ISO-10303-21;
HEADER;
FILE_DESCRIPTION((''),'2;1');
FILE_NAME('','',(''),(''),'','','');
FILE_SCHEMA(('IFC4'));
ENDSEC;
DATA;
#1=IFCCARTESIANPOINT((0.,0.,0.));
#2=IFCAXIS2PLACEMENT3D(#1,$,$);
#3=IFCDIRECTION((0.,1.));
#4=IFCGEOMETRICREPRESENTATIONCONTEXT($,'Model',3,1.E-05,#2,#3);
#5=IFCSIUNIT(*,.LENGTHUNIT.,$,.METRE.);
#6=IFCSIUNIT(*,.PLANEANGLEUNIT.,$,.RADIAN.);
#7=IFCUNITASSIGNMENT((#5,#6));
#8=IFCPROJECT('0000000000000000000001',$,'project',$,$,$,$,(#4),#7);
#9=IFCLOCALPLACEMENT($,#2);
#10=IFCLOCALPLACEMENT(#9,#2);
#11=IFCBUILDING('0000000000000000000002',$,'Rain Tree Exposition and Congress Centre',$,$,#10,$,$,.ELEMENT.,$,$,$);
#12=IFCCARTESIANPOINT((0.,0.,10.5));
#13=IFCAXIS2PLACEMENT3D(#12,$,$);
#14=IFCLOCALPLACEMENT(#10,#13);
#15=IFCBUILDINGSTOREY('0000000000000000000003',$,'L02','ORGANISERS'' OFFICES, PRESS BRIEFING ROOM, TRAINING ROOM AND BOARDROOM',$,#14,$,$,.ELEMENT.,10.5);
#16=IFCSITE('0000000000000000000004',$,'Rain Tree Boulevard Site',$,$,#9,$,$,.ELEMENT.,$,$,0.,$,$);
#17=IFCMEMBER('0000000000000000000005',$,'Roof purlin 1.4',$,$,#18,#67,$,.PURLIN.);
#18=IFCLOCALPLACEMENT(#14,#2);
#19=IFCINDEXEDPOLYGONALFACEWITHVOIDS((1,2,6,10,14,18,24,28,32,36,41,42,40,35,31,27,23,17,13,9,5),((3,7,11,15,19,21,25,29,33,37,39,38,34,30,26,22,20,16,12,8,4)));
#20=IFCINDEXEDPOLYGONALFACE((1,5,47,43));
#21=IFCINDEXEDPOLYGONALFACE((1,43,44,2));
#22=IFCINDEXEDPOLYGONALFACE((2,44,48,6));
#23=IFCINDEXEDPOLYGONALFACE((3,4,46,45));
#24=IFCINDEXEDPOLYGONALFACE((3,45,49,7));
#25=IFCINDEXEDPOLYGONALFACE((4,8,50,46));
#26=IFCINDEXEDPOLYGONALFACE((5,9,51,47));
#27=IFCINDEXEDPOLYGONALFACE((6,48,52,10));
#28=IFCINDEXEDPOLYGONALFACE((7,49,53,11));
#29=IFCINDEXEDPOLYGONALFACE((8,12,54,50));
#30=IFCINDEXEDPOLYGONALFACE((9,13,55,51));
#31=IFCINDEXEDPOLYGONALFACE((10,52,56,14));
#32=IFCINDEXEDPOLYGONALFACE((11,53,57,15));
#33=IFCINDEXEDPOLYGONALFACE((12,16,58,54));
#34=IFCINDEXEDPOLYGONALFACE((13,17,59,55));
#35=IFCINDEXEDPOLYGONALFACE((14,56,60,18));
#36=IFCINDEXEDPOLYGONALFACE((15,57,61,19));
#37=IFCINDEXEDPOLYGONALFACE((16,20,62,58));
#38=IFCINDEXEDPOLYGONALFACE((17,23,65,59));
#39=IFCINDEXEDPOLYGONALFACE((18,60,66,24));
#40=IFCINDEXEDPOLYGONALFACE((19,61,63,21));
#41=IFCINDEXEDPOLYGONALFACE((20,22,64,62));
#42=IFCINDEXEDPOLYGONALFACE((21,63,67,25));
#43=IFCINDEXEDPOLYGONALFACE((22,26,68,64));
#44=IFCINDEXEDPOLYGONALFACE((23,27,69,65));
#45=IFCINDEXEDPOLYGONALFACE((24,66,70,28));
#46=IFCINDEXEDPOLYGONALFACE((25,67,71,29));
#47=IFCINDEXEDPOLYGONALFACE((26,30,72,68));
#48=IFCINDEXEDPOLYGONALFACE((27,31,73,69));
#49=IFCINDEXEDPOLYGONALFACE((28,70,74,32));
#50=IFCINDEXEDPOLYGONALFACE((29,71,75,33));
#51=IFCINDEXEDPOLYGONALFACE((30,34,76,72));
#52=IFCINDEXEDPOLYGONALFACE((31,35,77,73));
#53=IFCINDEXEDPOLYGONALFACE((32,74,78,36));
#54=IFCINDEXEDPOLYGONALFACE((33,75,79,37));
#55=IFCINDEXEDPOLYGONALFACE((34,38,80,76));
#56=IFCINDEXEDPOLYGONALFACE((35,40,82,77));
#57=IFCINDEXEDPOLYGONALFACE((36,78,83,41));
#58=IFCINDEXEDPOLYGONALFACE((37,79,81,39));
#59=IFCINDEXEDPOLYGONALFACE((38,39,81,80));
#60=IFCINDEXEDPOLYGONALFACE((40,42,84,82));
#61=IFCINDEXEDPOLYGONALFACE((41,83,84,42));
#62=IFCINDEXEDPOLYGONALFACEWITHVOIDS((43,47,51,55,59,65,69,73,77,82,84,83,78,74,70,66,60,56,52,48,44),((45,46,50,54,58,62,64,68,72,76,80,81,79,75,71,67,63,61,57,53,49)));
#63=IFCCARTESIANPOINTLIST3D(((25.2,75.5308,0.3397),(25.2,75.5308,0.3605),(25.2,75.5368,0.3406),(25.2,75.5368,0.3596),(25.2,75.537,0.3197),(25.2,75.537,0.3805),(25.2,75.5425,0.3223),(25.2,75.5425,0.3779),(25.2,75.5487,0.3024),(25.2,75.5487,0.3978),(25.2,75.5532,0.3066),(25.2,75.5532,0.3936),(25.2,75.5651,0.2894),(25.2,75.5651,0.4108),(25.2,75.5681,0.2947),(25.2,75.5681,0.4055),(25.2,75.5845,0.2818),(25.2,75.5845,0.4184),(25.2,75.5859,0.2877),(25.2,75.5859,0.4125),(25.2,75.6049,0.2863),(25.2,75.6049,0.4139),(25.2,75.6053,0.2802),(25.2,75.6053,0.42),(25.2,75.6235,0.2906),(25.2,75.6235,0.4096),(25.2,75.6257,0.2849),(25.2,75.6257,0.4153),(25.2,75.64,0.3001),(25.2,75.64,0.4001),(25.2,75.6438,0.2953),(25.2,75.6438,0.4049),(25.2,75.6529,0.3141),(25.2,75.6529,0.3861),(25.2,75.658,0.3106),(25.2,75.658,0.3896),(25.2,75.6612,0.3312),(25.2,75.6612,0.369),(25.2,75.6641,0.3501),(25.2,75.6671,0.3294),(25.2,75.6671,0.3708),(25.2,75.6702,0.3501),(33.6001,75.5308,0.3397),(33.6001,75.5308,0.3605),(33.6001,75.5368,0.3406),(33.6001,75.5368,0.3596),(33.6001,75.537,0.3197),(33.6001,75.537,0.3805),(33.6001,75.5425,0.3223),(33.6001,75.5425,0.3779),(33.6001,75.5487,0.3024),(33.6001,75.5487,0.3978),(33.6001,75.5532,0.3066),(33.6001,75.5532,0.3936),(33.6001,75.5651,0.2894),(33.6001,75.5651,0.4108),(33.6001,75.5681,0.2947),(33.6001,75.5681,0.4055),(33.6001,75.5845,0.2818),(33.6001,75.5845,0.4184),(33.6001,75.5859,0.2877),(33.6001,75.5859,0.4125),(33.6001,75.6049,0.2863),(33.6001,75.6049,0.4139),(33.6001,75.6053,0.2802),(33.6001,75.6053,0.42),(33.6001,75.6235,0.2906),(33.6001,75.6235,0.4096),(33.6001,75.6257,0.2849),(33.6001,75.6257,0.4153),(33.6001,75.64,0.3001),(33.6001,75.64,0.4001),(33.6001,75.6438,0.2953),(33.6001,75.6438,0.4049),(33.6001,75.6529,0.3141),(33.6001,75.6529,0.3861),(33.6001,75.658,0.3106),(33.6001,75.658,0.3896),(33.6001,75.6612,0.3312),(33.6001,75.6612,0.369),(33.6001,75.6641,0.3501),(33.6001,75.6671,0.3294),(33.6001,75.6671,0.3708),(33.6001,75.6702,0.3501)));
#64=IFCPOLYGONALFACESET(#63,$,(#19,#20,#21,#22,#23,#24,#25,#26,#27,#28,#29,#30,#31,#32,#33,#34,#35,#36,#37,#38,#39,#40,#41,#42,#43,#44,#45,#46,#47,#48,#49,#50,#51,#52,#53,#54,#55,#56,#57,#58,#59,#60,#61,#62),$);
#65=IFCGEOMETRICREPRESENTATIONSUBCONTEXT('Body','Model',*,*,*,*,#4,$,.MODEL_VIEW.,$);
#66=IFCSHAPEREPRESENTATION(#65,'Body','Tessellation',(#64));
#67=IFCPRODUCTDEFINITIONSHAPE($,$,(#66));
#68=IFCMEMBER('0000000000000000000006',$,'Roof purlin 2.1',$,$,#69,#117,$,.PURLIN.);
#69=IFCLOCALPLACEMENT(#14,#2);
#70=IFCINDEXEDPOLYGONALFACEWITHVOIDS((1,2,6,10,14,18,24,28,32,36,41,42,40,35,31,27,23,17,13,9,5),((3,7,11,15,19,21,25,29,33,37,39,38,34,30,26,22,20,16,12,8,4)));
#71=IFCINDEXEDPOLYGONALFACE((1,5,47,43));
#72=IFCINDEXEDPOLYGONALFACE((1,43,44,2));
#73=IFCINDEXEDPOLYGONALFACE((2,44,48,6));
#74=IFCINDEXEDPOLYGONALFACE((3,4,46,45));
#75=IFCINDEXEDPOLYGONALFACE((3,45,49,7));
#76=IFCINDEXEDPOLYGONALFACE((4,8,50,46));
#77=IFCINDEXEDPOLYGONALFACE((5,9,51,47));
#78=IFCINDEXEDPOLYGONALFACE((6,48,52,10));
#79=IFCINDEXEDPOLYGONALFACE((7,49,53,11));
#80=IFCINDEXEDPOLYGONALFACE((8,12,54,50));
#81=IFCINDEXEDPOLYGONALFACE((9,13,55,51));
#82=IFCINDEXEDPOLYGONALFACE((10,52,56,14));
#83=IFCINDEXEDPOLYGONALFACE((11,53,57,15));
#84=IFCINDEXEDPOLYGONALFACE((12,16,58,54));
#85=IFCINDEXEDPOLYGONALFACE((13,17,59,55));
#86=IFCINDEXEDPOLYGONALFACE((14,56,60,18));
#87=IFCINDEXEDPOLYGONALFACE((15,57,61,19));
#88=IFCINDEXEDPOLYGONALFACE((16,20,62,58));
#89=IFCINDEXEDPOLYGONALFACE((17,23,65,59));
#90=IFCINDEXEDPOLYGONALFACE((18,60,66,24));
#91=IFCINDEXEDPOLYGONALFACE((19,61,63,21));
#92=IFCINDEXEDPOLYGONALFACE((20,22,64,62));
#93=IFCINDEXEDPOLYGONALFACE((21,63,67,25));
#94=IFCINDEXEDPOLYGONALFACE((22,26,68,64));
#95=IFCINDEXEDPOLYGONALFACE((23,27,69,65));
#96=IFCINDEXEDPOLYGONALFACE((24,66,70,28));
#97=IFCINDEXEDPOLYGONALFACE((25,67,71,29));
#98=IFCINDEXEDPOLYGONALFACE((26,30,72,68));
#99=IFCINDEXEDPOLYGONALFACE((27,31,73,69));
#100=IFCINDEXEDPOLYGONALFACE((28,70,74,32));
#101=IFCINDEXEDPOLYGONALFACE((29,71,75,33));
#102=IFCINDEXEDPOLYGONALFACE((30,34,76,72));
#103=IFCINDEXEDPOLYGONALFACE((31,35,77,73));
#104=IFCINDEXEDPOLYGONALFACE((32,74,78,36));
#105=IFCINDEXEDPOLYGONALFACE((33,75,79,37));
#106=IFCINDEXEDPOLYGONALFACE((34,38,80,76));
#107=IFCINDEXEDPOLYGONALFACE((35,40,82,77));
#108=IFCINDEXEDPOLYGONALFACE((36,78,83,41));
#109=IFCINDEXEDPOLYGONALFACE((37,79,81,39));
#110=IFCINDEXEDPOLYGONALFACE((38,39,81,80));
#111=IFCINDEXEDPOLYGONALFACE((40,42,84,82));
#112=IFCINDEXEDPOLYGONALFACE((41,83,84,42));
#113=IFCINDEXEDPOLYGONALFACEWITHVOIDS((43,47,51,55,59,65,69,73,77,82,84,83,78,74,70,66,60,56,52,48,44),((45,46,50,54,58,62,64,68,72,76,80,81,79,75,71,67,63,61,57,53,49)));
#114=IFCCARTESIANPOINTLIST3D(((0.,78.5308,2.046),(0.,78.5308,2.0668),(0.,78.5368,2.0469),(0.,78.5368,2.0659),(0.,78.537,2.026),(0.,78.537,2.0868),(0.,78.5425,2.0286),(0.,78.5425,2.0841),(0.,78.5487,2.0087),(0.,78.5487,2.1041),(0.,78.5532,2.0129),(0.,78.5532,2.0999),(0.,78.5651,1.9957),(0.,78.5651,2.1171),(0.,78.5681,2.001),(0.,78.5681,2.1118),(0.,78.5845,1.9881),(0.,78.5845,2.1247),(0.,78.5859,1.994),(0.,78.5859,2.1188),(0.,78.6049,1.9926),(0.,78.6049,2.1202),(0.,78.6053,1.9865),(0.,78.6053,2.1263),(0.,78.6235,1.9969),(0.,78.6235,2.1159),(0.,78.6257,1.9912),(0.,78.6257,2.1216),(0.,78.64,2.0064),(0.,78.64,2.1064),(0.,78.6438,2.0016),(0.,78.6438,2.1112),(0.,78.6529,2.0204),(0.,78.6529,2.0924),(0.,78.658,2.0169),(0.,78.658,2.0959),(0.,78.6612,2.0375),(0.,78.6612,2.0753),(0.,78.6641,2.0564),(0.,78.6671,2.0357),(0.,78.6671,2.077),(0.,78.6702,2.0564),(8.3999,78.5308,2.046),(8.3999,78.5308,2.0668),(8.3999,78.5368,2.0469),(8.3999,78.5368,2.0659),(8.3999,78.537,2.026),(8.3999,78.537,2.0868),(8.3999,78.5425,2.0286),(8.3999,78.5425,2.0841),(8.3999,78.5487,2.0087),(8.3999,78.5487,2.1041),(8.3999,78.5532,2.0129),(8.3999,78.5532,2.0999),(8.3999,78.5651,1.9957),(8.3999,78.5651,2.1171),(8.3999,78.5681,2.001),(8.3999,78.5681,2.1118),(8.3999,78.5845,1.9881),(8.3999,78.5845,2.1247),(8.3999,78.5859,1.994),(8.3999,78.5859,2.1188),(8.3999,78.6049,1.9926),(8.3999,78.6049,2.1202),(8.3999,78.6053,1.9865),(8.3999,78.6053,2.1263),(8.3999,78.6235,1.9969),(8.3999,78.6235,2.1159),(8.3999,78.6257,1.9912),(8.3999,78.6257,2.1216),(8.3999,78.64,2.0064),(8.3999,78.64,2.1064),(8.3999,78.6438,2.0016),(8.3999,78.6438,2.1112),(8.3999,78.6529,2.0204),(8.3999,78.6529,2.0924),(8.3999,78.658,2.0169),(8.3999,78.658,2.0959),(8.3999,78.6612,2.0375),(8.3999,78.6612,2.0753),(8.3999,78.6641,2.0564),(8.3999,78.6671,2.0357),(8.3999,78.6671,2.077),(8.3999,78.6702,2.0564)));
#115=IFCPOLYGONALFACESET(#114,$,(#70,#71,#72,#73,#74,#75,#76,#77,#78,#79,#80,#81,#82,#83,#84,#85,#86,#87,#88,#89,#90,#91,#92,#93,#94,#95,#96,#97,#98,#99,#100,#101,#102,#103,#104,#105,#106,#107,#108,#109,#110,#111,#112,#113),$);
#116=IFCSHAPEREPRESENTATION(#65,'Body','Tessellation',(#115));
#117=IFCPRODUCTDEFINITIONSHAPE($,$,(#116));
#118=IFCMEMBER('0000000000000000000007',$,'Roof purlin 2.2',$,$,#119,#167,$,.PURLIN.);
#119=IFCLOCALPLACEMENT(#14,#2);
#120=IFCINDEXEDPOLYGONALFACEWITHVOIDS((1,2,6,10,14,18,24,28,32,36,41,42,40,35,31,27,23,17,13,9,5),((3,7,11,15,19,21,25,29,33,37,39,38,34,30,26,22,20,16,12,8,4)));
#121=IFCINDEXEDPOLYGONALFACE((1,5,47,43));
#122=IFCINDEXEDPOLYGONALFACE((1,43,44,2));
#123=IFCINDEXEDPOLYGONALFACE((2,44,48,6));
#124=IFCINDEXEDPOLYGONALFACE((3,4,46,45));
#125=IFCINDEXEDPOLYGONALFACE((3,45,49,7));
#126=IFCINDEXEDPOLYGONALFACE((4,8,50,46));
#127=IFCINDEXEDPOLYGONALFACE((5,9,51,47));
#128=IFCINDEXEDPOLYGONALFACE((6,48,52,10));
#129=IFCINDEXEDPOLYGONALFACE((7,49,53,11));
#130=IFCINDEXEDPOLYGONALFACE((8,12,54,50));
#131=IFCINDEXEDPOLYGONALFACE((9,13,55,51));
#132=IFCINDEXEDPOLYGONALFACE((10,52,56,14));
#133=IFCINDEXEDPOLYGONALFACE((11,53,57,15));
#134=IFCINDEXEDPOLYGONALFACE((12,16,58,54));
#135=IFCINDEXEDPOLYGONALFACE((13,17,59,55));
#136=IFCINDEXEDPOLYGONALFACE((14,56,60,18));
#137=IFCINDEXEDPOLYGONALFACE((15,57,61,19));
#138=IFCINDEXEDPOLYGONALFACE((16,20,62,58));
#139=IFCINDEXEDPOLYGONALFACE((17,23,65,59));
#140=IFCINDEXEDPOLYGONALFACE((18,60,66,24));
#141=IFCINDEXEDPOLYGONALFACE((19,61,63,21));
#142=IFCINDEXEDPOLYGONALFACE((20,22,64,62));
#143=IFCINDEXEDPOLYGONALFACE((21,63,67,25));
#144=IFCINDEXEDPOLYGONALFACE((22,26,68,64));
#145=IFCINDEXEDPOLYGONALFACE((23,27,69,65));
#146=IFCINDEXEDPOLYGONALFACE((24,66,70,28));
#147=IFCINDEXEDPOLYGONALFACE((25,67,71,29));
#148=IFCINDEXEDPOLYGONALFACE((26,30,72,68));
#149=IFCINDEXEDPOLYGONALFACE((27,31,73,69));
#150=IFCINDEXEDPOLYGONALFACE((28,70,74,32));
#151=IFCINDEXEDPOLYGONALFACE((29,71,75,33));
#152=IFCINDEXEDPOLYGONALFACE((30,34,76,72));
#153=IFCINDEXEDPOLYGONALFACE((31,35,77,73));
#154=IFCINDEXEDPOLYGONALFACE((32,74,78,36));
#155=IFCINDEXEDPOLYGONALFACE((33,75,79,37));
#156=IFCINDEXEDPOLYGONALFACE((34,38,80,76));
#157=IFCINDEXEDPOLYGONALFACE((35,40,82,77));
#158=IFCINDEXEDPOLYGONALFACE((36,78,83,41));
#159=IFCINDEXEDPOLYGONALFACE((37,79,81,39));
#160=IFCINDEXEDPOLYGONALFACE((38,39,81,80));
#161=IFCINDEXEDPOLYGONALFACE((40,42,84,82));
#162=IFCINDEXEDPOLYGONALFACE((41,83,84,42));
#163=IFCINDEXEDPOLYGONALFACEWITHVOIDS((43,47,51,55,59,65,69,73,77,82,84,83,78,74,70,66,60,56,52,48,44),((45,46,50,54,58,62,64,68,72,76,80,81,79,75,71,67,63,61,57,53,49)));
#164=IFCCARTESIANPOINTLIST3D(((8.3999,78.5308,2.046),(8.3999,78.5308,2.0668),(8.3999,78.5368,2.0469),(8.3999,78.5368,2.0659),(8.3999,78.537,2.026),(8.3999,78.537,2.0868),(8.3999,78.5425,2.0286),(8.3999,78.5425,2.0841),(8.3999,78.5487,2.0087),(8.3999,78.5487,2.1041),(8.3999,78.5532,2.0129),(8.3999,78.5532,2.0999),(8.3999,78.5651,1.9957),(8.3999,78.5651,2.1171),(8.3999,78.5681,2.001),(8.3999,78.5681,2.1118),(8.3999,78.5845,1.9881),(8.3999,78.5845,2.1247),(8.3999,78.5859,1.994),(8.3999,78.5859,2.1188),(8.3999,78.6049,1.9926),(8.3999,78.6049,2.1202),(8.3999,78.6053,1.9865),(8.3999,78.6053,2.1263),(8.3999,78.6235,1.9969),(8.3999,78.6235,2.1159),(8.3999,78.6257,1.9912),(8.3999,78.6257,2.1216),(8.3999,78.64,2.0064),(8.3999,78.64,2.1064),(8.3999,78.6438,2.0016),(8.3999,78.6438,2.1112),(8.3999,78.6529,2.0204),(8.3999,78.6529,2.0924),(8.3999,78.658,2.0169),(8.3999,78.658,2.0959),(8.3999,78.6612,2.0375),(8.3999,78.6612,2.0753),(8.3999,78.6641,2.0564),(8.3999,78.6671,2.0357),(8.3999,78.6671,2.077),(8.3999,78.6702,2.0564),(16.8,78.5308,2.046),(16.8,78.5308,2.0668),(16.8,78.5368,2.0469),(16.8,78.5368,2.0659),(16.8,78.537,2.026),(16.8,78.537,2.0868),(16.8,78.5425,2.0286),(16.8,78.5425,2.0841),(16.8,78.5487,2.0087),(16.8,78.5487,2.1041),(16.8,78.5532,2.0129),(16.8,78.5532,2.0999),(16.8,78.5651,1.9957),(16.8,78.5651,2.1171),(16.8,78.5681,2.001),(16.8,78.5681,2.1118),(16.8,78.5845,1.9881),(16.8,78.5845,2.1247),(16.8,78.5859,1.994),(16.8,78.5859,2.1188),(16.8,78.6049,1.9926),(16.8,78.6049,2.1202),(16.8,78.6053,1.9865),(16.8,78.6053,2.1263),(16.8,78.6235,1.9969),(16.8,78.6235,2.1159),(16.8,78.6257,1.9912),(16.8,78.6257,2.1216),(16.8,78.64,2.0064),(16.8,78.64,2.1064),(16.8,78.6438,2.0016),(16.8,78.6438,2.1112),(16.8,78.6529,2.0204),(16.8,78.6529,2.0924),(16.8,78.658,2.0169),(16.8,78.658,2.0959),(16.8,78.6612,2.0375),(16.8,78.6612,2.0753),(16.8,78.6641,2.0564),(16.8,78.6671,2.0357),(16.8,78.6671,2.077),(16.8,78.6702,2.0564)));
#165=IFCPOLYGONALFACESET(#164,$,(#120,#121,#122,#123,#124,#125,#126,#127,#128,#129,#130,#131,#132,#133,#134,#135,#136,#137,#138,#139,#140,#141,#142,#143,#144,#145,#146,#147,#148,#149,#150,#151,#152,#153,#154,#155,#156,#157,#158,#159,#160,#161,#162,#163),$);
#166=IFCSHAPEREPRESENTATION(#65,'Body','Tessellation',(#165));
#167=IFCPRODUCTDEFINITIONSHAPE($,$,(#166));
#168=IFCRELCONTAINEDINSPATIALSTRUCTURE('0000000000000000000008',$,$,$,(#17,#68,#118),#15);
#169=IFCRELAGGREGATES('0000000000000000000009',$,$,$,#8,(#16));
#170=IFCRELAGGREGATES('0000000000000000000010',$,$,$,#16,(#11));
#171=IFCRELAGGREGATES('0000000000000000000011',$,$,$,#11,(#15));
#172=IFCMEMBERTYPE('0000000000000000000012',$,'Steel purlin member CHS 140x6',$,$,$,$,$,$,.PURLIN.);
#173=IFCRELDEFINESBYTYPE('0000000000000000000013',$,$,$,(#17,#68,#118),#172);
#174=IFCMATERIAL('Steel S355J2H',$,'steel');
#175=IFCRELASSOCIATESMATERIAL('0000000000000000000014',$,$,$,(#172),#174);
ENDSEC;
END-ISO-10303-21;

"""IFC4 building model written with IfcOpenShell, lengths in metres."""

from ifc_helpers import new_model, si_unit, direction, frame, origin, origin_2d, place, context, subcontext, project, spatial, hollow_circle, extrude, material, material_profile, profile_set, type_object, element, save


model = new_model("IFC4")

# Units and contexts
model_context = context("Model", 3, precision=1e-05, world=origin(), true_north=direction((0.0, 1.0)))
body_context = subcontext(model_context, "Body", "Model", "MODEL_VIEW")
ifc_project = project(units=[si_unit("LENGTHUNIT", "METRE"), si_unit("PLANEANGLEUNIT", "RADIAN")], contexts=[model_context])

# Site, building, storey
site_placement = place(None, origin())
site = spatial("IfcSite", under=ifc_project, at=site_placement, Name="Rain Tree Boulevard Site", CompositionType="ELEMENT", RefElevation=0.0)
building_placement = place(site_placement, origin())
building = spatial("IfcBuilding", under=site, at=building_placement, Name="Rain Tree Exposition and Congress Centre", CompositionType="ELEMENT")
storey_placement = place(building_placement, frame((0.0, 0.0, 10.5)))
storey = spatial("IfcBuildingStorey", under=building, at=storey_placement, Name="L02", Description="ORGANISERS' OFFICES, PRESS BRIEFING ROOM, TRAINING ROOM AND BOARDROOM", CompositionType="ELEMENT", Elevation=10.5)

# Members
ifc_material_1 = material(Name="Steel S355J2H", Category="steel")
ifc_material_profile_1 = material_profile(ifc_material_1, hollow_circle(Radius=0.0701, WallThickness=0.0061, at=origin_2d()), Name="CHS 140x6")
ifc_profile_set_1 = profile_set([ifc_material_profile_1], Name="Steel S355J2H")
member_type_1 = type_object("IfcMemberType", Name="Steel purlin member CHS 140x6", PredefinedType="PURLIN", material=ifc_profile_set_1)
member_1_placement = place(storey_placement, frame((25.2, 75.6001, 0.3501), z_axis=(1.0, 0.0, 0.0), x_axis=(0.0, 1.0, 0.0)))
element("IfcMember", 1, at=member_1_placement, inside=storey, type_object=member_type_1, Name="Roof purlin 1.4", PredefinedType="PURLIN", context=body_context, shape_type="SweptSolid", body=[
    extrude(hollow_circle(Radius=0.0701, WallThickness=0.0061, at=origin_2d()), origin(), (0.0, 0.0, 1.0), 8.4001),
])
member_2_placement = place(storey_placement, frame((0.0, 78.6001, 2.0564), z_axis=(1.0, 0.0, 0.0), x_axis=(0.0, 1.0, 0.0)))
element("IfcMember", 2, at=member_2_placement, inside=storey, type_object=member_type_1, Name="Roof purlin 2.1", PredefinedType="PURLIN", context=body_context, shape_type="SweptSolid", body=[
    extrude(hollow_circle(Radius=0.0701, WallThickness=0.0061, at=origin_2d()), origin(), (0.0, 0.0, 1.0), 8.3999),
])
member_3_placement = place(storey_placement, frame((8.3999, 78.6001, 2.0564), z_axis=(1.0, 0.0, 0.0), x_axis=(0.0, 1.0, 0.0)))
element("IfcMember", 3, at=member_3_placement, inside=storey, type_object=member_type_1, Name="Roof purlin 2.2", PredefinedType="PURLIN", context=body_context, shape_type="SweptSolid", body=[
    extrude(hollow_circle(Radius=0.0701, WallThickness=0.0061, at=origin_2d()), origin(), (0.0, 0.0, 1.0), 8.4001),
])

save(model, "model.ifc")
